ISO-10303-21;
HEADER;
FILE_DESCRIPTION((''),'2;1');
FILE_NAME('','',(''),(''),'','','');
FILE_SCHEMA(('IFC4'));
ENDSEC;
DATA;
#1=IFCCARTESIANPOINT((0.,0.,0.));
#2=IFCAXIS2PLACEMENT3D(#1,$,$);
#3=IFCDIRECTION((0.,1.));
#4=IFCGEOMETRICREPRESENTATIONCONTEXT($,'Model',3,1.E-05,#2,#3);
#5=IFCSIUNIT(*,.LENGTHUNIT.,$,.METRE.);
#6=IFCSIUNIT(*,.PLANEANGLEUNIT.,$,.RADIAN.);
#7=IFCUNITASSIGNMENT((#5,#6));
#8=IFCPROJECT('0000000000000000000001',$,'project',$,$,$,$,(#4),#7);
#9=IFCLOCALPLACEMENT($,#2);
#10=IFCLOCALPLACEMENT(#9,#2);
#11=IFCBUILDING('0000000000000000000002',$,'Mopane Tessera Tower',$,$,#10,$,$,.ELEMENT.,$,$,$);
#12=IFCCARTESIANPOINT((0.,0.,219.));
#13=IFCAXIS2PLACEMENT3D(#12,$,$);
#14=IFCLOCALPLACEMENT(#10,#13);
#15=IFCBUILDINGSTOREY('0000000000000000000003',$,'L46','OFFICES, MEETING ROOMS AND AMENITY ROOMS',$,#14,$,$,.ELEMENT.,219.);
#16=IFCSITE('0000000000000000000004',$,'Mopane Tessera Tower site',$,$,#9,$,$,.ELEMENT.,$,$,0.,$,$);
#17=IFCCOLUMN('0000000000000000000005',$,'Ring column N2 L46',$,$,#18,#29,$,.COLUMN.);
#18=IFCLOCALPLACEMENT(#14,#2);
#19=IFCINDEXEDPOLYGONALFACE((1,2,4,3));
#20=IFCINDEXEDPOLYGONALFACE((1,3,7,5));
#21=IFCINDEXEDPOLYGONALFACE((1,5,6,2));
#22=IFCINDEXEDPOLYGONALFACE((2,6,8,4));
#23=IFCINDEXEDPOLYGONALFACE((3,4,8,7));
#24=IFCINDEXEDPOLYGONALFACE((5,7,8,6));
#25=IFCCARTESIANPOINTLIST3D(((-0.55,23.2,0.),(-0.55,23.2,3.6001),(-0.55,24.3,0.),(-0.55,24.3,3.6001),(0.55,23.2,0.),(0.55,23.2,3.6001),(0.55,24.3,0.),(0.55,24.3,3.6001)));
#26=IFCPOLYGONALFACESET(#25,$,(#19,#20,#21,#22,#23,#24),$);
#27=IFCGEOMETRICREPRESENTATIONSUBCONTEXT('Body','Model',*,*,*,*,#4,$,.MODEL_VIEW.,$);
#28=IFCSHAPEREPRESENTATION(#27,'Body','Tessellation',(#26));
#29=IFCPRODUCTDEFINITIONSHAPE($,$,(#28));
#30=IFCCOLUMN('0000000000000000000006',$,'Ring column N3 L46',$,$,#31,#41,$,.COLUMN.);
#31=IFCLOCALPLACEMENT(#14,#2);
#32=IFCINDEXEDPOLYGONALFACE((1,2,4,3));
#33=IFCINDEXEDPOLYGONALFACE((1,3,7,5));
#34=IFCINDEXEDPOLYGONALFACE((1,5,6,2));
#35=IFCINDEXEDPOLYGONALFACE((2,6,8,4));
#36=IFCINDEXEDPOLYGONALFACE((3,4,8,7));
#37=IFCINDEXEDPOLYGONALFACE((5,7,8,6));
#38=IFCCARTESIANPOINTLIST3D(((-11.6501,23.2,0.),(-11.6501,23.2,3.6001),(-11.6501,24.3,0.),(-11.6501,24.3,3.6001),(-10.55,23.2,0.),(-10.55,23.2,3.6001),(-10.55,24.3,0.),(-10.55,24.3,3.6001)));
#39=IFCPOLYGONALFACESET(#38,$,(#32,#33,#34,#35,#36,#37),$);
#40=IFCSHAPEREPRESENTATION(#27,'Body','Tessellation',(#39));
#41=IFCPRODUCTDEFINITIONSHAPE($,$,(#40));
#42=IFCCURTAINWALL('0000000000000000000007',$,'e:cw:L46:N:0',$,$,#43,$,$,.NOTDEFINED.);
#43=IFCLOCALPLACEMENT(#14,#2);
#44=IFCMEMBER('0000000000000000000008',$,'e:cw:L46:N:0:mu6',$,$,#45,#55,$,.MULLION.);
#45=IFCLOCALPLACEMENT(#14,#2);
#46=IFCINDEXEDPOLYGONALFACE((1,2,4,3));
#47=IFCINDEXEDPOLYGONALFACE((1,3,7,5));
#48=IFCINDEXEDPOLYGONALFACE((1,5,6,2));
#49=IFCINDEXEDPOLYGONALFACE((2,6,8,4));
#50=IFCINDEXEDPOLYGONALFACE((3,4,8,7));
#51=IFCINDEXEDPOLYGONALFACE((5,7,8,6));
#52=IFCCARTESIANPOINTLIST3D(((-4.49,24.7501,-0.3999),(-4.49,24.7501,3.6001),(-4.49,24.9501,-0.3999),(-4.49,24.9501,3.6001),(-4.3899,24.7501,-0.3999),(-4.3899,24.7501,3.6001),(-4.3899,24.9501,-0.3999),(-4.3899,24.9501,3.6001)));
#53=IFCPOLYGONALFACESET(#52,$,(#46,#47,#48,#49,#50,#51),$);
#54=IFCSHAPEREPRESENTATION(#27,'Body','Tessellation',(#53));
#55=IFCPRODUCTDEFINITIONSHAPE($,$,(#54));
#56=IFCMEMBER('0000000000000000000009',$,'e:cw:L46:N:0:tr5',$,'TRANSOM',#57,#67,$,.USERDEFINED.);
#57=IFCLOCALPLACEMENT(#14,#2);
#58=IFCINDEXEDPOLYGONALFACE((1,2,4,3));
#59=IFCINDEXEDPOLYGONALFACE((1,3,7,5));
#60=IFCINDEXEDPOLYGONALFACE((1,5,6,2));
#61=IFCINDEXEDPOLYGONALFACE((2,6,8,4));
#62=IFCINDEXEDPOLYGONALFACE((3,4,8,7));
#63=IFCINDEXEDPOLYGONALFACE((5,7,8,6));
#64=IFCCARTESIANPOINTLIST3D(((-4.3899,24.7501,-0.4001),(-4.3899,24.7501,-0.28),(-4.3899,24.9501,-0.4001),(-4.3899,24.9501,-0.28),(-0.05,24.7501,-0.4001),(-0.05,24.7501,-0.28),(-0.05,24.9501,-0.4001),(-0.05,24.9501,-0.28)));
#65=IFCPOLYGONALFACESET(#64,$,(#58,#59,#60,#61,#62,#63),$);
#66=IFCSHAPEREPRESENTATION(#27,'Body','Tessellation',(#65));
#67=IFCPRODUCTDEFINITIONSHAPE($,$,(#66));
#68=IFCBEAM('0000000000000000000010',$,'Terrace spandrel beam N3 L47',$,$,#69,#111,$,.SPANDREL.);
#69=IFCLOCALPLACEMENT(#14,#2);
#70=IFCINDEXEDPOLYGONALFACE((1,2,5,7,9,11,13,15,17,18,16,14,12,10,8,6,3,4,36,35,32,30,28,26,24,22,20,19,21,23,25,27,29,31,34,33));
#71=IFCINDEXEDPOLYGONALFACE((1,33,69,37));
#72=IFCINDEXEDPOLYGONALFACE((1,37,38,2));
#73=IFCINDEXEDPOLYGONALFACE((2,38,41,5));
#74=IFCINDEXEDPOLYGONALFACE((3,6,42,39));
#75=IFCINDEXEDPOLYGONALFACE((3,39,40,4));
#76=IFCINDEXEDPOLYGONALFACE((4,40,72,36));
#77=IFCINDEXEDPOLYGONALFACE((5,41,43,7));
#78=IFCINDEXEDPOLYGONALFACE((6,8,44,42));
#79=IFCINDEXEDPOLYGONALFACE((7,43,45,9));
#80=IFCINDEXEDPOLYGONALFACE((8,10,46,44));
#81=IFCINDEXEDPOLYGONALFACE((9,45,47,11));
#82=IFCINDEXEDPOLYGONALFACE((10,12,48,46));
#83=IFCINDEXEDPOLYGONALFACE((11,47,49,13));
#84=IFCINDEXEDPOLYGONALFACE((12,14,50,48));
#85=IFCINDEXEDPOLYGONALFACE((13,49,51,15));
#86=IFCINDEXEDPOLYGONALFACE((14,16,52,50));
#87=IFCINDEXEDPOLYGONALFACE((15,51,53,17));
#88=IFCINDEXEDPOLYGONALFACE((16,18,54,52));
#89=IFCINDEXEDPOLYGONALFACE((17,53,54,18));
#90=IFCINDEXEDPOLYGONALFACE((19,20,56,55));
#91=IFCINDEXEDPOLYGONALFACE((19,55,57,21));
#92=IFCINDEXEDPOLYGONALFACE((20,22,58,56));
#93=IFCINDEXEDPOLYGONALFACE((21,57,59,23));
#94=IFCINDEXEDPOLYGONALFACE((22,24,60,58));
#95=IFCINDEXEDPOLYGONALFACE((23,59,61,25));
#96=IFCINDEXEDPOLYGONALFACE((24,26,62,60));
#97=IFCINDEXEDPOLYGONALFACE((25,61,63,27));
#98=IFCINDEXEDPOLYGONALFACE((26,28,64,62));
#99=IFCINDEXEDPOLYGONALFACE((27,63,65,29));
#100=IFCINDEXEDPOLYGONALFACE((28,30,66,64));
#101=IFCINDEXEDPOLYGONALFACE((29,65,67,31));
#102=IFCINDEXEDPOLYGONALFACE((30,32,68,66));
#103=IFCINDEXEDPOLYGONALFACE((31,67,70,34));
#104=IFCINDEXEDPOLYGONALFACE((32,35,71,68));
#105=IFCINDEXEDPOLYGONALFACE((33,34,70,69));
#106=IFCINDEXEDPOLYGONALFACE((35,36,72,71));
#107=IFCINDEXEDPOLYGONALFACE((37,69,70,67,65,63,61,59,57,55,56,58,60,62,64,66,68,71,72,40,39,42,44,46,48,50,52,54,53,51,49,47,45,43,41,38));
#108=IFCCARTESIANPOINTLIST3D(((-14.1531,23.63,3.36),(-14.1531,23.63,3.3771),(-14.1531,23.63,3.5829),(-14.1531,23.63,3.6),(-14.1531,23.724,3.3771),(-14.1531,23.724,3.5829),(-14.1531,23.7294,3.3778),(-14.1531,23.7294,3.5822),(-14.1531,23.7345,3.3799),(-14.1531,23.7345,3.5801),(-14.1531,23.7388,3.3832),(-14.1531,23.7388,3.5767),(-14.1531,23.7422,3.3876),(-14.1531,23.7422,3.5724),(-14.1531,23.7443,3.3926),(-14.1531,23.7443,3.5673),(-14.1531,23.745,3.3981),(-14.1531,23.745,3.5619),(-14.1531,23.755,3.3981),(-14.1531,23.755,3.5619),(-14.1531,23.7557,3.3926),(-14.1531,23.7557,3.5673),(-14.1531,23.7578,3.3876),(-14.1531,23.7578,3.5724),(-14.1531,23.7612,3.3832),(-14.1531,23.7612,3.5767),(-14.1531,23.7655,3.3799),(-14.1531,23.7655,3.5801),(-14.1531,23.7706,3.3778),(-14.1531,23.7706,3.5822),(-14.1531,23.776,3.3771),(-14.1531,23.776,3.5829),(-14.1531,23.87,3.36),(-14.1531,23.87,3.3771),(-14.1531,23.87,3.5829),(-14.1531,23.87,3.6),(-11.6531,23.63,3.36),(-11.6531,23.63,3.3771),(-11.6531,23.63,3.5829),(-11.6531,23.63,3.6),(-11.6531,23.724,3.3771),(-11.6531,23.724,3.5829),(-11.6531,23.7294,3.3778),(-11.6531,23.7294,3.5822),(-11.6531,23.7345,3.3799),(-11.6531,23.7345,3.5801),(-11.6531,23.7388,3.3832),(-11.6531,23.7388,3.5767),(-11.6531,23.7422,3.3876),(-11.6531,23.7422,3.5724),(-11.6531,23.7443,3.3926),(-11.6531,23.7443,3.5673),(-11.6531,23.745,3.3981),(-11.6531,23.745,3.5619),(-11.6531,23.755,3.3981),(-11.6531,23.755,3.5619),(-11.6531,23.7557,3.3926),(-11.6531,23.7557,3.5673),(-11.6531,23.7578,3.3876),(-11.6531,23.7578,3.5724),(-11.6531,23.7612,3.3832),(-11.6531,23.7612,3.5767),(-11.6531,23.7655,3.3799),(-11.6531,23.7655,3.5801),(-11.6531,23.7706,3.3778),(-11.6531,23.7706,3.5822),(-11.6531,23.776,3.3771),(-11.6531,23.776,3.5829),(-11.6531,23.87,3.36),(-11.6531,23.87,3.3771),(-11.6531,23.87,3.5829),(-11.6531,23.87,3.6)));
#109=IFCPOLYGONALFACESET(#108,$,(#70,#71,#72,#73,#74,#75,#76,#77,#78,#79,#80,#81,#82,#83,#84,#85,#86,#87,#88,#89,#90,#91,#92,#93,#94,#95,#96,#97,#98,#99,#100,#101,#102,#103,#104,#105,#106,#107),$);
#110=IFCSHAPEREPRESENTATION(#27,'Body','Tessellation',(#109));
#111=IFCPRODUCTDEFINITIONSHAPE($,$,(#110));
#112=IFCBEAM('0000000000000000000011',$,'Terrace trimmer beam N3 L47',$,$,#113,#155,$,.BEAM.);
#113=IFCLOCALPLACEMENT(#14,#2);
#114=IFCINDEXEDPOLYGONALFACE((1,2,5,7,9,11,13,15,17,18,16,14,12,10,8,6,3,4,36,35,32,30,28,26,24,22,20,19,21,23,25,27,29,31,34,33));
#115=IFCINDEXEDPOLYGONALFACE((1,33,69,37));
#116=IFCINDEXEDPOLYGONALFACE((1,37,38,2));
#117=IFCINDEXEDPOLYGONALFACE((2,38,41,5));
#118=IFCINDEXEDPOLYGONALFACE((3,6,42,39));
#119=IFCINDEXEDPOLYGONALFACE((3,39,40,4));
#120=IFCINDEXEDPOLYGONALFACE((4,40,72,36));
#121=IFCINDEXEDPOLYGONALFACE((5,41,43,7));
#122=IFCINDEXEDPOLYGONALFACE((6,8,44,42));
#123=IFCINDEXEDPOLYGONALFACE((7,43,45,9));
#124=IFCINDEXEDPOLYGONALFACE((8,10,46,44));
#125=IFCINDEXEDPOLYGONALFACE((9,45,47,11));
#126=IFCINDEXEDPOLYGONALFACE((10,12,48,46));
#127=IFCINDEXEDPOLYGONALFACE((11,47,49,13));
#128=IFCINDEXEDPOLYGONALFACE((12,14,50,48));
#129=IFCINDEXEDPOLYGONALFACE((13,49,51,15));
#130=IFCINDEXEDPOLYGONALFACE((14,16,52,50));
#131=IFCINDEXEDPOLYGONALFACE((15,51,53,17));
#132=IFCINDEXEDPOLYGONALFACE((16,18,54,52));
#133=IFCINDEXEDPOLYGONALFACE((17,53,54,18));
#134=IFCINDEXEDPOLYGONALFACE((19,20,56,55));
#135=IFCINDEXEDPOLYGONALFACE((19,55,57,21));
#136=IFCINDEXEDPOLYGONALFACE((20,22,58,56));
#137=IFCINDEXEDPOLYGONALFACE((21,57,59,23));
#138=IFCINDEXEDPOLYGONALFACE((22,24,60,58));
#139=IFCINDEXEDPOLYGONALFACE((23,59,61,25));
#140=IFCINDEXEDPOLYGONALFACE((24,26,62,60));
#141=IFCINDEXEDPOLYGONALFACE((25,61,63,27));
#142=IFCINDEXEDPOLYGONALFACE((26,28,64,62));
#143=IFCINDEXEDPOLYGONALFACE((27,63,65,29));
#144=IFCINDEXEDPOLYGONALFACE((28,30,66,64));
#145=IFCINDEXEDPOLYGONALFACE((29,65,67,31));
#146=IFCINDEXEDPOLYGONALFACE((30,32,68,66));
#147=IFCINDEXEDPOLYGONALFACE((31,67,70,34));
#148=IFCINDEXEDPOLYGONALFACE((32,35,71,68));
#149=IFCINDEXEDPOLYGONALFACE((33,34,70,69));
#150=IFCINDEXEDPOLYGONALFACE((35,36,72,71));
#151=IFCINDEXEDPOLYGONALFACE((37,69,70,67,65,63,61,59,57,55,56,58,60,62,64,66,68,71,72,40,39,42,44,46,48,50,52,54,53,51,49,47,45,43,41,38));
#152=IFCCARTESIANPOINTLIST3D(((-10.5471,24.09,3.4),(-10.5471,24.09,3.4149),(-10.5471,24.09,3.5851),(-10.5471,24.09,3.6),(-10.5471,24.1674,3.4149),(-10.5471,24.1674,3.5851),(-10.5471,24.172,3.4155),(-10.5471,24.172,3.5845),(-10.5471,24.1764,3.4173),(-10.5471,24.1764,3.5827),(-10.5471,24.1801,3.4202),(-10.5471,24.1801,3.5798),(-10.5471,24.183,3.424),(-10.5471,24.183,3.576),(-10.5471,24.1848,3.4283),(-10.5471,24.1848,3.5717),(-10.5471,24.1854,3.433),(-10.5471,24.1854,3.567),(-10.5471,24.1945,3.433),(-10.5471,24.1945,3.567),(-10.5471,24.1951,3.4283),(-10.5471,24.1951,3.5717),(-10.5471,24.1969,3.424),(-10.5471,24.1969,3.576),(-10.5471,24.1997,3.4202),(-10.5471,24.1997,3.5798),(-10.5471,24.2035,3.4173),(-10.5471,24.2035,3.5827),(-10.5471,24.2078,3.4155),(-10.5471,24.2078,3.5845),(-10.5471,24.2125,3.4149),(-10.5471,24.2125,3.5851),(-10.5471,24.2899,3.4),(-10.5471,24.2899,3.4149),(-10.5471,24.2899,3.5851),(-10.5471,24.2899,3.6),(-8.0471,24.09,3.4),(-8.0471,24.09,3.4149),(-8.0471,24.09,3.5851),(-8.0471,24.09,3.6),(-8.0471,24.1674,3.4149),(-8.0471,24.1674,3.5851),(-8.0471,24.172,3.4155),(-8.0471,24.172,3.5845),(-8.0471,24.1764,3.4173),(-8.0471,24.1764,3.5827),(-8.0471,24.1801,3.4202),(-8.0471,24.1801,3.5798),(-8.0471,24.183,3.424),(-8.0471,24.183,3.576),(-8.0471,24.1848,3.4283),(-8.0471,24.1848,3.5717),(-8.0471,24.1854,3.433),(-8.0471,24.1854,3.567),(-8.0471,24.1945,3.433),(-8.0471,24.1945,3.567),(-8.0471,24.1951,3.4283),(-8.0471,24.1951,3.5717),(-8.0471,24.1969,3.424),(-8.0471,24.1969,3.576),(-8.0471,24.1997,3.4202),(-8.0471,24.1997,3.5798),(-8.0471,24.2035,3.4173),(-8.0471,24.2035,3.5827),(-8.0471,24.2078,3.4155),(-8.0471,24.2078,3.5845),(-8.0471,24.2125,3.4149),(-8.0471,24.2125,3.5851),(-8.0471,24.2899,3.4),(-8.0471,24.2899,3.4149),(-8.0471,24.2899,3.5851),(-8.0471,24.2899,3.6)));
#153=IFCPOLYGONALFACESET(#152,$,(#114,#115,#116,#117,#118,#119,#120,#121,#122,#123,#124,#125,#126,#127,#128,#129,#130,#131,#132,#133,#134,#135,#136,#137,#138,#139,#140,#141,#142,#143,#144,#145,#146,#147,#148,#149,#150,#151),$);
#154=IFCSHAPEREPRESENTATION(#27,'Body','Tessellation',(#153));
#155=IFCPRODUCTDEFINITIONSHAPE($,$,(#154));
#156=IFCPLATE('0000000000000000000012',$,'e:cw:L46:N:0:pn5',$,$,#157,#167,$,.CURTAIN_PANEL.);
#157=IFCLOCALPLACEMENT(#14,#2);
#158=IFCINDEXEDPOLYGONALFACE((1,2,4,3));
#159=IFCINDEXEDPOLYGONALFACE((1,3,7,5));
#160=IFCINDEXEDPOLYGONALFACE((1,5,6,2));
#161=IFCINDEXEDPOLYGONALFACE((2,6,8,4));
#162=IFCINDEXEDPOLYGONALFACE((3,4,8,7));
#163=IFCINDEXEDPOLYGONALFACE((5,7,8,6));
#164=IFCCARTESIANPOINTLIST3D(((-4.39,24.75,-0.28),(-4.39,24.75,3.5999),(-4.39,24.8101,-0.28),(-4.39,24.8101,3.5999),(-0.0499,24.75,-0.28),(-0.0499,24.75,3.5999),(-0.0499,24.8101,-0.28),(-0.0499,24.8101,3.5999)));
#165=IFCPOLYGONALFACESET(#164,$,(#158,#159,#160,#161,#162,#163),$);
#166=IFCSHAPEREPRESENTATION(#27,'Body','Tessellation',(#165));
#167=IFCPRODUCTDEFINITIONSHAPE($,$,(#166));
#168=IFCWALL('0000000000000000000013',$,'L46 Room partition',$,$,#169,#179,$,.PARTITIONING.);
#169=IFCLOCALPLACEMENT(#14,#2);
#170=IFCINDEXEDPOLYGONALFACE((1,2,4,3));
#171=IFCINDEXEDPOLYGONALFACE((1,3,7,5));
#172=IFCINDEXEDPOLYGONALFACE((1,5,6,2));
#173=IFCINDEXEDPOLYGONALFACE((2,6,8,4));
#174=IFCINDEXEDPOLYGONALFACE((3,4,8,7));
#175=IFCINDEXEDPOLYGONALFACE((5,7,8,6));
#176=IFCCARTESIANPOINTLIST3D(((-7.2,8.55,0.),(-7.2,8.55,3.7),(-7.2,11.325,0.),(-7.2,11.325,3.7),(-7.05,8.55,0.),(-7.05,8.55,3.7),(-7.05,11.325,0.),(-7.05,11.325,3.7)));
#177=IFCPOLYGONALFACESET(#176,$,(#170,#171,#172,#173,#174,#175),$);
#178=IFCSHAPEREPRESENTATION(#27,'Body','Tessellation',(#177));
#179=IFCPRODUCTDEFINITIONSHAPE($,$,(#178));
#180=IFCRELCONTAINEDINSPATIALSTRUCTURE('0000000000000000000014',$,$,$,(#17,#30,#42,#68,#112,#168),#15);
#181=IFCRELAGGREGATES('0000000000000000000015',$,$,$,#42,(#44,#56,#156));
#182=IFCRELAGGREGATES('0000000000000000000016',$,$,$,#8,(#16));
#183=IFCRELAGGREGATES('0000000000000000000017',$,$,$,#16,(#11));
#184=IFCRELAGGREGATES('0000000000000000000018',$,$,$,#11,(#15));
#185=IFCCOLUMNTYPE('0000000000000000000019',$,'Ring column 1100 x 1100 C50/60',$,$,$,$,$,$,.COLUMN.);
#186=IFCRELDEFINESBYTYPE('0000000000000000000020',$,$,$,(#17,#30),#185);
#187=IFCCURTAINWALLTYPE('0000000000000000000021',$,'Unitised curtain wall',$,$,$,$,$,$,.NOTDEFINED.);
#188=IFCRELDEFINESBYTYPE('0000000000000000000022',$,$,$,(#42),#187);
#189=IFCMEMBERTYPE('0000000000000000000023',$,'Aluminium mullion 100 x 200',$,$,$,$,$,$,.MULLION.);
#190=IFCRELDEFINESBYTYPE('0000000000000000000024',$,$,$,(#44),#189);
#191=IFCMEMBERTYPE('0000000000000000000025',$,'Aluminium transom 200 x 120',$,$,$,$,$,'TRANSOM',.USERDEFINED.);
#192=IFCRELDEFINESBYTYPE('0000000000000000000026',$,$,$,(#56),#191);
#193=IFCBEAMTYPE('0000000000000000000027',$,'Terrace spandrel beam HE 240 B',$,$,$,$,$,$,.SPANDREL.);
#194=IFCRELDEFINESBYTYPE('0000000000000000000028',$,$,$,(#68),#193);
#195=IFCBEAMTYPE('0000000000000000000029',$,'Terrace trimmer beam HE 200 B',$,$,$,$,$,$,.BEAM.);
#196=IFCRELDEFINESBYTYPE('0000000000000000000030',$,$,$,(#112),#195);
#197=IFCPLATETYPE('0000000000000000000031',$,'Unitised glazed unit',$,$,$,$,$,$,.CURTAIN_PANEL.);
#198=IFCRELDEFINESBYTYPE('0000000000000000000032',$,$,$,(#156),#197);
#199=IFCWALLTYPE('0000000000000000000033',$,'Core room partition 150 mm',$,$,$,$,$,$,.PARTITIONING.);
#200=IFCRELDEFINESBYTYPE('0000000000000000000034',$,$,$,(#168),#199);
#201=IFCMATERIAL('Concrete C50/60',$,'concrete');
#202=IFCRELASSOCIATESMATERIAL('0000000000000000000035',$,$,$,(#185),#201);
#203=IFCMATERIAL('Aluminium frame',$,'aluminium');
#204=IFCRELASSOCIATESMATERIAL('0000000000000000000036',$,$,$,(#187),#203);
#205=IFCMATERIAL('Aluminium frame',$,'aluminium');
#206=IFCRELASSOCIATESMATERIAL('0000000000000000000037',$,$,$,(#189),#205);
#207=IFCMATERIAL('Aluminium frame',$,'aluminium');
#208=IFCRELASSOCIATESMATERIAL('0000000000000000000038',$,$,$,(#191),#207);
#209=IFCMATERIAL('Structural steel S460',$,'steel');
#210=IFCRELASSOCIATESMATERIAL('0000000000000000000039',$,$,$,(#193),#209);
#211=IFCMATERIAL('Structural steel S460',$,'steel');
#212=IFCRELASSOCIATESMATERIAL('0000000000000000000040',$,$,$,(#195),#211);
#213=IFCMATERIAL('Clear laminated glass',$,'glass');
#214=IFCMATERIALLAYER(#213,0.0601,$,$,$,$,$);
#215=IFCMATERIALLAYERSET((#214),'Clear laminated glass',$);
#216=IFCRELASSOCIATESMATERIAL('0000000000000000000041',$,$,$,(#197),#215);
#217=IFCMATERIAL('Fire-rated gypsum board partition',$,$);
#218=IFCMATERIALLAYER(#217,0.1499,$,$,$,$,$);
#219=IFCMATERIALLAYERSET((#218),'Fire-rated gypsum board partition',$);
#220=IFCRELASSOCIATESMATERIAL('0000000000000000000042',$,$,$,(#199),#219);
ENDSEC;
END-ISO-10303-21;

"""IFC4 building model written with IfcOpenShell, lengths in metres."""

from ifc_helpers import new_model, si_unit, direction, frame, frame_2d, origin, origin_2d, place, context, subcontext, project, spatial, rectangle, i_section, extrude, material, layer, layer_set, material_profile, profile_set, type_object, element, aggregate, save


model = new_model("IFC4")

# Units and contexts
model_context = context("Model", 3, precision=1e-05, world=origin(), true_north=direction((0.0, 1.0)))
body_context = subcontext(model_context, "Body", "Model", "MODEL_VIEW")
ifc_project = project(units=[si_unit("LENGTHUNIT", "METRE"), si_unit("PLANEANGLEUNIT", "RADIAN")], contexts=[model_context])

# Site, building, storey
site_placement = place(None, origin())
site = spatial("IfcSite", under=ifc_project, at=site_placement, Name="Mopane Tessera Tower site", CompositionType="ELEMENT", RefElevation=0.0)
building_placement = place(site_placement, origin())
building = spatial("IfcBuilding", under=site, at=building_placement, Name="Mopane Tessera Tower", CompositionType="ELEMENT")
storey_placement = place(building_placement, frame((0.0, 0.0, 219.0)))
storey = spatial("IfcBuildingStorey", under=building, at=storey_placement, Name="L46", Description="OFFICES, MEETING ROOMS AND AMENITY ROOMS", CompositionType="ELEMENT", Elevation=219.0)

# Columns
ifc_material_1 = material(Name="Concrete C50/60", Category="concrete")
ifc_material_profile_1 = material_profile(ifc_material_1, rectangle(XDim=1.1001, YDim=1.1001, at=origin_2d()))
ifc_profile_set_1 = profile_set([ifc_material_profile_1], Name="Concrete C50/60")
column_type = type_object("IfcColumnType", Name="Ring column 1100 x 1100 C50/60", PredefinedType="COLUMN", material=ifc_profile_set_1)
for number, where, z_axis, x_axis, name in (
    (1, (0.0, 23.75, 0.0), (0.0, 0.0, 1.0), (1.0, 0.0, 0.0), "Ring column N2 L46"),
    (2, (-11.1001, 23.75, 0.0), (0.0, 0.0, 1.0), (1.0, 0.0, 0.0), "Ring column N3 L46"),
):
    element("IfcColumn", number, at=place(storey_placement, frame(where, z_axis=z_axis, x_axis=x_axis)), inside=storey, type_object=column_type, Name=name, PredefinedType="COLUMN", context=body_context, shape_type="SweptSolid", body=[
        extrude(rectangle(XDim=1.1001, YDim=1.1001, at=origin_2d()), origin(), (0.0, 0.0, 1.0), 3.6001),
    ])

# Curtain wall, members
ifc_material_2 = material(Name="Aluminium frame", Category="aluminium")
curtain_wall_type = type_object("IfcCurtainWallType", Name="Unitised curtain wall", PredefinedType="NOTDEFINED", material=ifc_material_2)
curtain_wall_placement = place(storey_placement, origin())
curtain_wall = element("IfcCurtainWall", 3, at=curtain_wall_placement, inside=storey, type_object=curtain_wall_type, Name="e:cw:L46:N:0", PredefinedType="NOTDEFINED")
ifc_material_3 = material(Name="Aluminium frame", Category="aluminium")
ifc_material_profile_2 = material_profile(ifc_material_3, rectangle(XDim=0.1001, YDim=0.2, at=origin_2d()))
ifc_profile_set_2 = profile_set([ifc_material_profile_2], Name="Aluminium frame")
member_type_1 = type_object("IfcMemberType", Name="Aluminium mullion 100 x 200", PredefinedType="MULLION", material=ifc_profile_set_2)
member_1_placement = place(storey_placement, frame((-4.4399, 24.8501, -0.3999), z_axis=(0.0, 0.0, 1.0), x_axis=(-1.0, 0.0, 0.0)))
member_1 = element("IfcMember", 4, at=member_1_placement, type_object=member_type_1, Name="e:cw:L46:N:0:mu6", PredefinedType="MULLION", context=body_context, shape_type="SweptSolid", body=[
    extrude(rectangle(XDim=0.1001, YDim=0.2, at=origin_2d()), origin(), (0.0, 0.0, 1.0), 4.0),
])
ifc_material_4 = material(Name="Aluminium frame", Category="aluminium")
ifc_material_profile_3 = material_profile(ifc_material_4, rectangle(XDim=0.2, YDim=0.1201, at=origin_2d()))
ifc_profile_set_3 = profile_set([ifc_material_profile_3], Name="Aluminium frame")
member_type_2 = type_object("IfcMemberType", Name="Aluminium transom 200 x 120", ElementType="TRANSOM", PredefinedType="USERDEFINED", material=ifc_profile_set_3)
member_2_placement = place(storey_placement, frame((-0.05, 24.8501, -0.3401), z_axis=(-1.0, 0.0, 0.0), x_axis=(0.0, -1.0, 0.0)))
member_2 = element("IfcMember", 5, at=member_2_placement, type_object=member_type_2, Name="e:cw:L46:N:0:tr5", ObjectType="TRANSOM", PredefinedType="USERDEFINED", context=body_context, shape_type="SweptSolid", body=[
    extrude(rectangle(XDim=0.2, YDim=0.1201, at=origin_2d()), origin(), (0.0, 0.0, 1.0), 4.3398),
])

# Beams
ifc_material_5 = material(Name="Structural steel S460", Category="steel")
ifc_material_profile_4 = material_profile(ifc_material_5, i_section(OverallWidth=0.24, OverallDepth=0.24, WebThickness=0.01, FlangeThickness=0.0171, FilletRadius=0.021, at=origin_2d()))
ifc_profile_set_4 = profile_set([ifc_material_profile_4], Name="Structural steel S460")
beam_type_1 = type_object("IfcBeamType", Name="Terrace spandrel beam HE 240 B", PredefinedType="SPANDREL", material=ifc_profile_set_4)
beam_1_placement = place(storey_placement, frame((-11.6531, 23.75, 3.48), z_axis=(-1.0, 0.0, 0.0), x_axis=(0.0, -1.0, 0.0)))
element("IfcBeam", 6, at=beam_1_placement, inside=storey, type_object=beam_type_1, Name="Terrace spandrel beam N3 L47", PredefinedType="SPANDREL", context=body_context, shape_type="SweptSolid", body=[
    extrude(i_section(OverallWidth=0.24, OverallDepth=0.24, WebThickness=0.01, FlangeThickness=0.0171, FilletRadius=0.021, at=origin_2d()), origin(), (0.0, 0.0, 1.0), 2.5),
])
ifc_material_6 = material(Name="Structural steel S460", Category="steel")
ifc_material_profile_5 = material_profile(ifc_material_6, i_section(OverallWidth=0.2, OverallDepth=0.2, WebThickness=0.009, FlangeThickness=0.0149, FilletRadius=0.0181, at=origin_2d()))
ifc_profile_set_5 = profile_set([ifc_material_profile_5], Name="Structural steel S460")
beam_type_2 = type_object("IfcBeamType", Name="Terrace trimmer beam HE 200 B", PredefinedType="BEAM", material=ifc_profile_set_5)
beam_2_placement = place(storey_placement, frame((-10.5471, 24.1899, 3.5), z_axis=(1.0, 0.0, 0.0), x_axis=(0.0, 1.0, 0.0)))
element("IfcBeam", 7, at=beam_2_placement, inside=storey, type_object=beam_type_2, Name="Terrace trimmer beam N3 L47", PredefinedType="BEAM", context=body_context, shape_type="SweptSolid", body=[
    extrude(i_section(OverallWidth=0.2, OverallDepth=0.2, WebThickness=0.009, FlangeThickness=0.0149, FilletRadius=0.0181, at=origin_2d()), origin(), (0.0, 0.0, 1.0), 2.5),
])

# Plate
ifc_material_7 = material(Name="Clear laminated glass", Category="glass")
ifc_layer_1 = layer(ifc_material_7, 0.0601)
ifc_layer_set_1 = layer_set([ifc_layer_1], Name="Clear laminated glass")
plate_type = type_object("IfcPlateType", Name="Unitised glazed unit", PredefinedType="CURTAIN_PANEL", material=ifc_layer_set_1)
plate_placement = place(storey_placement, frame((-2.22, 24.78, -0.28), z_axis=(0.0, 0.0, 1.0), x_axis=(-1.0, 0.0, 0.0)))
plate = element("IfcPlate", 8, at=plate_placement, type_object=plate_type, Name="e:cw:L46:N:0:pn5", PredefinedType="CURTAIN_PANEL", context=body_context, shape_type="SweptSolid", body=[
    extrude(rectangle(XDim=4.3401, YDim=0.0601, at=origin_2d()), origin(), (0.0, 0.0, 1.0), 3.8799),
])
aggregate(curtain_wall, [member_1, member_2, plate])

# Wall
ifc_material_8 = material(Name="Fire-rated gypsum board partition")
ifc_layer_2 = layer(ifc_material_8, 0.1499)
ifc_layer_set_2 = layer_set([ifc_layer_2], Name="Fire-rated gypsum board partition")
wall_type_1 = type_object("IfcWallType", Name="Core room partition 150 mm", PredefinedType="PARTITIONING", material=ifc_layer_set_2)
for number, where, z_axis, x_axis, name in (
    (9, (-7.125, 8.55, 0.0), (0.0, 0.0, 1.0), (0.0, 1.0, 0.0), "L46 Room partition"),
):
    element("IfcWall", number, at=place(storey_placement, frame(where, z_axis=z_axis, x_axis=x_axis)), inside=storey, type_object=wall_type_1, Name=name, PredefinedType="PARTITIONING", context=body_context, shape_type="SweptSolid", body=[
        extrude(rectangle(XDim=2.7749, YDim=0.1499, at=frame_2d((1.3875, 0.0))), origin(), (0.0, 0.0, 1.0), 3.7),
    ])

save(model, "model.ifc")
